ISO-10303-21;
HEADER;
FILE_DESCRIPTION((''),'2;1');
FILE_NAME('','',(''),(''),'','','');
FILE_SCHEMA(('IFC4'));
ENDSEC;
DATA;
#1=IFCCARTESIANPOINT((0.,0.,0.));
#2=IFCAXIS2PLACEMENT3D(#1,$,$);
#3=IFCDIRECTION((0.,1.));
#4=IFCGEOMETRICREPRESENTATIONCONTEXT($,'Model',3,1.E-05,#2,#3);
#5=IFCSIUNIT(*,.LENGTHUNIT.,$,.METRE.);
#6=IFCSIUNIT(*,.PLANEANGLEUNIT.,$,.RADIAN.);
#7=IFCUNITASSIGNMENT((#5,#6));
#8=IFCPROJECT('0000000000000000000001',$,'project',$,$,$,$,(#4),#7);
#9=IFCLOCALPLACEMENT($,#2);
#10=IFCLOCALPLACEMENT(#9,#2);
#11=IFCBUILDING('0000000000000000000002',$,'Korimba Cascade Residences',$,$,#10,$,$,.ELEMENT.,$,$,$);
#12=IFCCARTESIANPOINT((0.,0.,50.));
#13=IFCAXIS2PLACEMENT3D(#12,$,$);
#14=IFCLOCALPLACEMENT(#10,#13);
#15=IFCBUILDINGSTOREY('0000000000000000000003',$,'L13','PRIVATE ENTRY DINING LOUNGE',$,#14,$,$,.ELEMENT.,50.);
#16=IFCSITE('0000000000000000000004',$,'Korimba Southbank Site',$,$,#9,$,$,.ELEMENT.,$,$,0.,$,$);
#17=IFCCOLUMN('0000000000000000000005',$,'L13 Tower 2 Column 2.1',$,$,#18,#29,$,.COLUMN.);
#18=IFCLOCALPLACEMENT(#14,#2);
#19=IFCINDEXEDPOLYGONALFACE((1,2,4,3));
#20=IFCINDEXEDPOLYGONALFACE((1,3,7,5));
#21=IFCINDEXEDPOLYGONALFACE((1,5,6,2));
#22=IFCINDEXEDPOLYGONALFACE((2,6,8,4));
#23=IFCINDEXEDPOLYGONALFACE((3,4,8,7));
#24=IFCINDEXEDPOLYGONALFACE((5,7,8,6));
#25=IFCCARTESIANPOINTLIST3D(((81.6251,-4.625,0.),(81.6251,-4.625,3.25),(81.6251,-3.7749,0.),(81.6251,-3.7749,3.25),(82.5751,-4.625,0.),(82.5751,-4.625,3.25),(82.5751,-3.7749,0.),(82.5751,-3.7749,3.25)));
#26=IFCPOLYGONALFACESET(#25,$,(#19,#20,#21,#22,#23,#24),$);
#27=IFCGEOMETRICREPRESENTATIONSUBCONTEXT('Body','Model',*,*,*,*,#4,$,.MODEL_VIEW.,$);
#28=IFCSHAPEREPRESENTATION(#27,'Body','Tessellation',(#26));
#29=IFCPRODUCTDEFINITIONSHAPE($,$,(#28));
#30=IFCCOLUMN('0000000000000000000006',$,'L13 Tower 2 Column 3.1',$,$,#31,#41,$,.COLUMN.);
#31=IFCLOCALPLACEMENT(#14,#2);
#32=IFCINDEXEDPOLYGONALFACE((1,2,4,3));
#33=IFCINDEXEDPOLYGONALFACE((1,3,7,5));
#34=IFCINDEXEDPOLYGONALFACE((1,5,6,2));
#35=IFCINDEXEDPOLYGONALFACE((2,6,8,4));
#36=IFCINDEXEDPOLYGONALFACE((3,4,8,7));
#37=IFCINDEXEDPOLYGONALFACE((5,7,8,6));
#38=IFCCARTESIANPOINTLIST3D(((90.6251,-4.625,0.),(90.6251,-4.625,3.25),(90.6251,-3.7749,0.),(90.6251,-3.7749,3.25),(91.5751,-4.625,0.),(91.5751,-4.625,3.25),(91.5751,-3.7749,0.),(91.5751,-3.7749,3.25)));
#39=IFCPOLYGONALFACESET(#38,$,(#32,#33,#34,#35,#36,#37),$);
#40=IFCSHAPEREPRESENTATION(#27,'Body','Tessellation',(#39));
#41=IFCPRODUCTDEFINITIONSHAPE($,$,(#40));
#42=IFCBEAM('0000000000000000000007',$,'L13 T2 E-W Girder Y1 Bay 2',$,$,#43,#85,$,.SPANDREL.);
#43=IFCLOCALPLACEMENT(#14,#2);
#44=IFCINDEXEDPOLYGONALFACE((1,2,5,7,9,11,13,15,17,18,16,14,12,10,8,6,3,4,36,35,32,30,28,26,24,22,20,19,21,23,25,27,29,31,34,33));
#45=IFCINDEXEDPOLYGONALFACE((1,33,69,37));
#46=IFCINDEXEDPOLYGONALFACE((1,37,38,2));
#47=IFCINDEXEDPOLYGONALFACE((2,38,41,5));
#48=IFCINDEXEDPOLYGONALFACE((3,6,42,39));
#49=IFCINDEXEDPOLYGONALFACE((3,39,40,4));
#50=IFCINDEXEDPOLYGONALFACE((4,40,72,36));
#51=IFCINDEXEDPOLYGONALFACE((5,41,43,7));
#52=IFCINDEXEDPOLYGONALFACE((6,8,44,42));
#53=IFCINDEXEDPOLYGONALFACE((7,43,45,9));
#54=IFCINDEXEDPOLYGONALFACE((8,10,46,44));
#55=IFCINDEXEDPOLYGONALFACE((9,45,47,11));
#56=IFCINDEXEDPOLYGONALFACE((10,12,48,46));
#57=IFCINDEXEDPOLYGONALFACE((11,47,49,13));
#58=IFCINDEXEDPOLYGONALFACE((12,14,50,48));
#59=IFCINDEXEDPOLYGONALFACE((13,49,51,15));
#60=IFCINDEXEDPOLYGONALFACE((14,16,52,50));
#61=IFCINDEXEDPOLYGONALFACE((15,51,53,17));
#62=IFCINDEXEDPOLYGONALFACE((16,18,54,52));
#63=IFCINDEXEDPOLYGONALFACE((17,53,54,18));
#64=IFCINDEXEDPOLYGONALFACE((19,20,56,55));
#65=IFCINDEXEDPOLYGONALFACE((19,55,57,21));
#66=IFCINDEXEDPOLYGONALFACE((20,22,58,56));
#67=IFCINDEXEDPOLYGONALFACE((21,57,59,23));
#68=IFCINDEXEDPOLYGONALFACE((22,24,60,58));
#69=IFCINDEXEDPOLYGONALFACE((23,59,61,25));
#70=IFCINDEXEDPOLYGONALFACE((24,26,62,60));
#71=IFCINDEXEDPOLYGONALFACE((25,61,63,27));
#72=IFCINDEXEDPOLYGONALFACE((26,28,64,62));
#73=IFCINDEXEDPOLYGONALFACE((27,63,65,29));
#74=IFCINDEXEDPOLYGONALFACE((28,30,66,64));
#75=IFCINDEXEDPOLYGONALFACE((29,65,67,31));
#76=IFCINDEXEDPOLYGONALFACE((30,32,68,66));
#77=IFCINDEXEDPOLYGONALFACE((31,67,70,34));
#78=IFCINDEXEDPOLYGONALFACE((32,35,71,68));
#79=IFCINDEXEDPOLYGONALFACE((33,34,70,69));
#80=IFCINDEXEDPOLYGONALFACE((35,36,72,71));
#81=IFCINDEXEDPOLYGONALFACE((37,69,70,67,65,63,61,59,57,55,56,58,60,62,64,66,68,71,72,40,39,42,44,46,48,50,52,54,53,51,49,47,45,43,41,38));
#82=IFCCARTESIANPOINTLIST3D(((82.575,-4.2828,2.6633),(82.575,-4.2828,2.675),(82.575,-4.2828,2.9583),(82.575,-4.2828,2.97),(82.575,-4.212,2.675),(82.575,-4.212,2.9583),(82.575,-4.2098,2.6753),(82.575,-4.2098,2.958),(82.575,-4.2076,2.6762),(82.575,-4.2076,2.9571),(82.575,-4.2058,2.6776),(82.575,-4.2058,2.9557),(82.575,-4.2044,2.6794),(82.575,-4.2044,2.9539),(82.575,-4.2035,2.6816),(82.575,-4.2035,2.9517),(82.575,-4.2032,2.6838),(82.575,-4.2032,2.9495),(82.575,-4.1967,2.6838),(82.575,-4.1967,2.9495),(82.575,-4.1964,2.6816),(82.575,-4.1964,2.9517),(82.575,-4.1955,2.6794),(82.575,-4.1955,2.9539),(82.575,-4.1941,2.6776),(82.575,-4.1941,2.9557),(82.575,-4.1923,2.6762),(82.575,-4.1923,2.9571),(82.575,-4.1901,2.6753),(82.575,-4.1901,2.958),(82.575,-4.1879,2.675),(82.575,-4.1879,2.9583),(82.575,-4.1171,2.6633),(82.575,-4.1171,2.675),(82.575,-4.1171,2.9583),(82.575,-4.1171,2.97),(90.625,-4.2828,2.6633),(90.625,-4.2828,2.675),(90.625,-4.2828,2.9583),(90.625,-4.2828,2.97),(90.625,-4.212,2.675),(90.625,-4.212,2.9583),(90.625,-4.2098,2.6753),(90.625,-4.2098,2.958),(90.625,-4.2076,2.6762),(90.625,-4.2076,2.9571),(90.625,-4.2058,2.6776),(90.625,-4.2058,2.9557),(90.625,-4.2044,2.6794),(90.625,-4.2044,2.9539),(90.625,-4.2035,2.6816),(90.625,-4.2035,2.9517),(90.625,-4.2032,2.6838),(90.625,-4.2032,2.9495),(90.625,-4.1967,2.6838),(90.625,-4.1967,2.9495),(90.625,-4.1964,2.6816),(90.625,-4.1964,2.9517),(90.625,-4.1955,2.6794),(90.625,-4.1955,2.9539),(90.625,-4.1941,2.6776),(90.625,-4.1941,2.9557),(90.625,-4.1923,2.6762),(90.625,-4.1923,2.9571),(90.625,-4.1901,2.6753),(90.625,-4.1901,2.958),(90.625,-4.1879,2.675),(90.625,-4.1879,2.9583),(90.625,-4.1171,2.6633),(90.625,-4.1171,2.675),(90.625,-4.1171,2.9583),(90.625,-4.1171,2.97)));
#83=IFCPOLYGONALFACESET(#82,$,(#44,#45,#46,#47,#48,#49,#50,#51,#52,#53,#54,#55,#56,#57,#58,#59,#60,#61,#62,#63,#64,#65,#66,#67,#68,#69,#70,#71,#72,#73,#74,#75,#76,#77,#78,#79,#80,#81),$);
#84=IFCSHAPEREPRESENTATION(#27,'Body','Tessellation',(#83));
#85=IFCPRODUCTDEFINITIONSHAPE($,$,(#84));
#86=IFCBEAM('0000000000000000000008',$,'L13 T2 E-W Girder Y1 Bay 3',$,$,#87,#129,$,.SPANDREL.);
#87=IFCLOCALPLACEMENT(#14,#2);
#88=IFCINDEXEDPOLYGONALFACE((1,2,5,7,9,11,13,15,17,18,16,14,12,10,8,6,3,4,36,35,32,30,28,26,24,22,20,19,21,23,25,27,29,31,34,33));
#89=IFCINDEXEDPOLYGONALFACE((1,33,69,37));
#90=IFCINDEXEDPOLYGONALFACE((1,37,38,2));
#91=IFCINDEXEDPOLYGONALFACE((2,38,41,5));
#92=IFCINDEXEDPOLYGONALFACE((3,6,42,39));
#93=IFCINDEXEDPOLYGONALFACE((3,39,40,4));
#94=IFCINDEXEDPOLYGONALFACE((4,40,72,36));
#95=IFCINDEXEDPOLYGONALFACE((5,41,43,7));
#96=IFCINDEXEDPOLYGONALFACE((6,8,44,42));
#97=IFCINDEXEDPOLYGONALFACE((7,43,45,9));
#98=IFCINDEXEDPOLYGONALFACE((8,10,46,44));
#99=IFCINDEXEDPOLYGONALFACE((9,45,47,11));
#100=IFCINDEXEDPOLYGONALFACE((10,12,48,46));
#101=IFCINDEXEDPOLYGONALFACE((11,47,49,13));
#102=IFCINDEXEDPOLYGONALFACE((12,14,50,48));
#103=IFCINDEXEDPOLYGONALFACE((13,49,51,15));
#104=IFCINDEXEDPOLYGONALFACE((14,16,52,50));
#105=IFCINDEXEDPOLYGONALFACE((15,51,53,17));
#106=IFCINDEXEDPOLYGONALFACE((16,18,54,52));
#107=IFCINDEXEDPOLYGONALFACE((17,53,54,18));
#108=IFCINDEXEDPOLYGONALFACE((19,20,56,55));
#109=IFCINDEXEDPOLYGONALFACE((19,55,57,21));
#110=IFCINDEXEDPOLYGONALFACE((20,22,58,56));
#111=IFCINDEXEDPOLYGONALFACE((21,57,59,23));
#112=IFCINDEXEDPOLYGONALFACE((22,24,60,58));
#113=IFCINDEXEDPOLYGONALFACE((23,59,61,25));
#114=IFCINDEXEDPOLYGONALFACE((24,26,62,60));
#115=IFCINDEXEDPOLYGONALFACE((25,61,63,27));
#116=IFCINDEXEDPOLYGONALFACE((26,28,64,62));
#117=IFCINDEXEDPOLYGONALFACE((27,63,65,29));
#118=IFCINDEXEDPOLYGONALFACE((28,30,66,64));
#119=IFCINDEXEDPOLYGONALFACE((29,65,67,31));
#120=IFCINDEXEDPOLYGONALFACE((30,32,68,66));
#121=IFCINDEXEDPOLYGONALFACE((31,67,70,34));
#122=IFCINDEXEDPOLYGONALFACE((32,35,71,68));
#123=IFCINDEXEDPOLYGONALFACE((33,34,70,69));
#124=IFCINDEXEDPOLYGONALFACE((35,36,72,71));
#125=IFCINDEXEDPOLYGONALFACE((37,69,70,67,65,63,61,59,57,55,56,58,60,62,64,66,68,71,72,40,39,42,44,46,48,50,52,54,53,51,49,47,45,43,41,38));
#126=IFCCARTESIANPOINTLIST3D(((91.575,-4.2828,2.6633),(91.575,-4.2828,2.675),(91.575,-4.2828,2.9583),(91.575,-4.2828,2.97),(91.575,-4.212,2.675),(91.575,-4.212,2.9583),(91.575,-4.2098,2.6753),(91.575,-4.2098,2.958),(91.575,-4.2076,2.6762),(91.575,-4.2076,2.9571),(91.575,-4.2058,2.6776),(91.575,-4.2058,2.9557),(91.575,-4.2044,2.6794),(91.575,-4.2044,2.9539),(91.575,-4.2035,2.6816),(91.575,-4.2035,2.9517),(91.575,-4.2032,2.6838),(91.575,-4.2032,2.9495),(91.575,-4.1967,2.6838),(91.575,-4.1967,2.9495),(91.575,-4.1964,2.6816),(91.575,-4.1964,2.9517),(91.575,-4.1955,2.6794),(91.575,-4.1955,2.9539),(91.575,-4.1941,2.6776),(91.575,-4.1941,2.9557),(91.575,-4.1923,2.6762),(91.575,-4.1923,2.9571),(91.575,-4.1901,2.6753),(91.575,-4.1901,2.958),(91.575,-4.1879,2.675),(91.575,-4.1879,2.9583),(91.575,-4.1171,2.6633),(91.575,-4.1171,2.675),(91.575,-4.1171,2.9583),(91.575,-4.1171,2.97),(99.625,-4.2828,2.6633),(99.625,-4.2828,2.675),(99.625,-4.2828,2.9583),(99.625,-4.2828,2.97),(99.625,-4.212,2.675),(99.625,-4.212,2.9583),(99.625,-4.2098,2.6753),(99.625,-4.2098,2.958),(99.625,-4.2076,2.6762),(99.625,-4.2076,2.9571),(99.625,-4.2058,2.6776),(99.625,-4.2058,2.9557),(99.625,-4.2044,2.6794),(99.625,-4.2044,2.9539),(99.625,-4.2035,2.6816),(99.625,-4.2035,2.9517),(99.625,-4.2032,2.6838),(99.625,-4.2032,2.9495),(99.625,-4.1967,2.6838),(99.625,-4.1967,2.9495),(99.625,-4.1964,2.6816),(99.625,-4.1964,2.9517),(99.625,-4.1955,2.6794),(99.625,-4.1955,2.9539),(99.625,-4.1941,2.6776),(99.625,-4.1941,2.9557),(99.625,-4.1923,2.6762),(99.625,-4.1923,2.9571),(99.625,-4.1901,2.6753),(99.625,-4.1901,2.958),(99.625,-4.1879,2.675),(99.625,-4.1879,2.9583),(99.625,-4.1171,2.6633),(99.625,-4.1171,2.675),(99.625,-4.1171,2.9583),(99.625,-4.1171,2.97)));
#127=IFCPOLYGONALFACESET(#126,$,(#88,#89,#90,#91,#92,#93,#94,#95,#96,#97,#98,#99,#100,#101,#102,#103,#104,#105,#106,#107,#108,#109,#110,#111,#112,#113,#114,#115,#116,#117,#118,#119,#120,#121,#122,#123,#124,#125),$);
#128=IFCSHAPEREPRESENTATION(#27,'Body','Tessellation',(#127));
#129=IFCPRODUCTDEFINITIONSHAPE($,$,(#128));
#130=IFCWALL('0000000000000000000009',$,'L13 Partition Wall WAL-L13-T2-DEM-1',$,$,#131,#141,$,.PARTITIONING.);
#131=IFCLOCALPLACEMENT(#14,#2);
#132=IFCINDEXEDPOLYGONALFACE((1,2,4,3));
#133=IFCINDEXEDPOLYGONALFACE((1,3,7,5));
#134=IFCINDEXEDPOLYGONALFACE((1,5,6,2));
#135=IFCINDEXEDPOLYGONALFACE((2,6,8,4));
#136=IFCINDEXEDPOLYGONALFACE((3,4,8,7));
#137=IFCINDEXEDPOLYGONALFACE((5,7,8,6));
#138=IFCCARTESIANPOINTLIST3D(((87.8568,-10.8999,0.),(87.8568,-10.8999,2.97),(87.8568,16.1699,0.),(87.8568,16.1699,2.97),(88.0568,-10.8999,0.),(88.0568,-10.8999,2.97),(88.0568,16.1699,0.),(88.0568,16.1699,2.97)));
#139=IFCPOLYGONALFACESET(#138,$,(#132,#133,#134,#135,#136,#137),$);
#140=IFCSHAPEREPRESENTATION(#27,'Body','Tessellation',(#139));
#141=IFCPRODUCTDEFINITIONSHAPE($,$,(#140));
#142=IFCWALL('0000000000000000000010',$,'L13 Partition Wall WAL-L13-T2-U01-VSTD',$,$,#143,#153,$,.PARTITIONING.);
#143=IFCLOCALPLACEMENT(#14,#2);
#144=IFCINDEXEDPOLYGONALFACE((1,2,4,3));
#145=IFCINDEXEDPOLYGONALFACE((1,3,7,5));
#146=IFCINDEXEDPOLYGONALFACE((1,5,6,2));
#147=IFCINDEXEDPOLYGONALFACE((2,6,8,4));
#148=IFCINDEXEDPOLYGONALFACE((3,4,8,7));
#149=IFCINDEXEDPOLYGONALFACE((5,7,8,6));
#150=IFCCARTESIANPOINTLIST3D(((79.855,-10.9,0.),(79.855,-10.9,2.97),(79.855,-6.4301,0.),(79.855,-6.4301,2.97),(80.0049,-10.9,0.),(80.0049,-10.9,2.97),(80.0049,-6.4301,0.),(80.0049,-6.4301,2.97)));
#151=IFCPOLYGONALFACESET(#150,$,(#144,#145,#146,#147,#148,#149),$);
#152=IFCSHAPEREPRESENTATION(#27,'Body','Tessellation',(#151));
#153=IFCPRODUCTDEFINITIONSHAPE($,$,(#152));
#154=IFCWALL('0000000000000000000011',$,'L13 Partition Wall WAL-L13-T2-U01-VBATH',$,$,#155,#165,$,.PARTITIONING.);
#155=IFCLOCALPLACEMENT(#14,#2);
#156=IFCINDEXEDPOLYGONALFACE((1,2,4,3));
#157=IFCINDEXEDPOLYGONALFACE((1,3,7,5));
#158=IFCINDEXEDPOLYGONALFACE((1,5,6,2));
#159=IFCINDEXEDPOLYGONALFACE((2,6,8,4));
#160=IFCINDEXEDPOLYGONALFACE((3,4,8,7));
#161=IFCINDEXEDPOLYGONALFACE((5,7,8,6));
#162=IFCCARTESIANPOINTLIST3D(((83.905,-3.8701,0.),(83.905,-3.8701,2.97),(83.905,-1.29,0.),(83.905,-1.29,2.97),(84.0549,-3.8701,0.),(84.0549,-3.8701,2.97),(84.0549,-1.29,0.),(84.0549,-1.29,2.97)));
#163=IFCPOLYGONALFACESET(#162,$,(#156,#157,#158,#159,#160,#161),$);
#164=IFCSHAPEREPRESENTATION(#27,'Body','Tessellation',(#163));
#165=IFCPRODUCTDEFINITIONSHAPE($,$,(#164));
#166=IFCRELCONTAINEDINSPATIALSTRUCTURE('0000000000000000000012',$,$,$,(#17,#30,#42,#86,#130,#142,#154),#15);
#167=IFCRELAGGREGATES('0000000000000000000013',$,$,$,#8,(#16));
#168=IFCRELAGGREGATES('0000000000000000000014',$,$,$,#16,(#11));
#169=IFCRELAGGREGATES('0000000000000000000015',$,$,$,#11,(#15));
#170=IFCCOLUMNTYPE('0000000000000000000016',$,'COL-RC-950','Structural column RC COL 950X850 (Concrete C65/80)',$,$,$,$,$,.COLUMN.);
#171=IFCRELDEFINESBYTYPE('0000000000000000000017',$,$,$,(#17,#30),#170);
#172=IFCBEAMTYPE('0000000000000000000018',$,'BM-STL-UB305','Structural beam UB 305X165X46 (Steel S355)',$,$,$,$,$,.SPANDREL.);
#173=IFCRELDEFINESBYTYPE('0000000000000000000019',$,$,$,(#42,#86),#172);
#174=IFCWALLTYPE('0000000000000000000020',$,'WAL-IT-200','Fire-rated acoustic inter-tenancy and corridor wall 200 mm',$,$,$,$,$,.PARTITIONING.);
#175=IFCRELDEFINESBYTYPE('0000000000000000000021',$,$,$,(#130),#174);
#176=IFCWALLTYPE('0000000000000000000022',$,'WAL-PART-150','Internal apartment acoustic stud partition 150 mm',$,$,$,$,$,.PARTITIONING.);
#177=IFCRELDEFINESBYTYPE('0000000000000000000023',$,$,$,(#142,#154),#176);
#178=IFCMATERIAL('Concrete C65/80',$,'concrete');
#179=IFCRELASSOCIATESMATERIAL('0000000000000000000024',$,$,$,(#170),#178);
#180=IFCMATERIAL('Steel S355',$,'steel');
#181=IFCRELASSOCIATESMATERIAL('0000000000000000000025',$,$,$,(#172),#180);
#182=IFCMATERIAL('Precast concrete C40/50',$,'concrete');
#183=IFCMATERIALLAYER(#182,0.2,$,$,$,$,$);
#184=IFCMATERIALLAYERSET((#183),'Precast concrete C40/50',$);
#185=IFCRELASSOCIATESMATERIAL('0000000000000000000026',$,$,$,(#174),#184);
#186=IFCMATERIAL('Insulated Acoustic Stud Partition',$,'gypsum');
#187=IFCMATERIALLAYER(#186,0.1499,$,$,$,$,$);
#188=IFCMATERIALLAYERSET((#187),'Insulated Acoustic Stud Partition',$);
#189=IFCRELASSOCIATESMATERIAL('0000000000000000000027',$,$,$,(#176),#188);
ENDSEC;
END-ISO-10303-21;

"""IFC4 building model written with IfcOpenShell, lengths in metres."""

from ifc_helpers import new_model, si_unit, direction, frame, frame_2d, origin, origin_2d, place, context, subcontext, project, spatial, rectangle, i_section, extrude, material, layer, layer_set, material_profile, profile_set, type_object, element, save


model = new_model("IFC4")

# Units and contexts
model_context = context("Model", 3, precision=1e-05, world=origin(), true_north=direction((0.0, 1.0)))
body_context = subcontext(model_context, "Body", "Model", "MODEL_VIEW")
ifc_project = project(units=[si_unit("LENGTHUNIT", "METRE"), si_unit("PLANEANGLEUNIT", "RADIAN")], contexts=[model_context])

# Site, building, storey
site_placement = place(None, origin())
site = spatial("IfcSite", under=ifc_project, at=site_placement, Name="Korimba Southbank Site", CompositionType="ELEMENT", RefElevation=0.0)
building_placement = place(site_placement, origin())
building = spatial("IfcBuilding", under=site, at=building_placement, Name="Korimba Cascade Residences", CompositionType="ELEMENT")
storey_placement = place(building_placement, frame((0.0, 0.0, 50.0)))
storey = spatial("IfcBuildingStorey", under=building, at=storey_placement, Name="L13", Description="PRIVATE ENTRY DINING LOUNGE", CompositionType="ELEMENT", Elevation=50.0)

# Columns
ifc_material_1 = material(Name="Concrete C65/80", Category="concrete")
ifc_material_profile_1 = material_profile(ifc_material_1, rectangle(XDim=0.95, YDim=0.8501, at=origin_2d()), Name="Concrete C65/80")
ifc_profile_set_1 = profile_set([ifc_material_profile_1], Name="Concrete C65/80")
column_type = type_object("IfcColumnType", Name="COL-RC-950", Description="Structural column RC COL 950X850 (Concrete C65/80)", PredefinedType="COLUMN", material=ifc_profile_set_1)
for number, where, z_axis, x_axis, name in (
    (1, (82.1001, -4.2, 0.0), (0.0, 0.0, 1.0), (1.0, 0.0, 0.0), "L13 Tower 2 Column 2.1"),
    (2, (91.1001, -4.2, 0.0), (0.0, 0.0, 1.0), (1.0, 0.0, 0.0), "L13 Tower 2 Column 3.1"),
):
    element("IfcColumn", number, at=place(storey_placement, frame(where, z_axis=z_axis, x_axis=x_axis)), inside=storey, type_object=column_type, Name=name, PredefinedType="COLUMN", context=body_context, shape_type="SweptSolid", body=[
        extrude(rectangle(XDim=0.95, YDim=0.8501, at=origin_2d()), origin(), (0.0, 0.0, 1.0), 3.25),
    ])

# Beams
ifc_material_2 = material(Name="Steel S355", Category="steel")
ifc_material_profile_2 = material_profile(ifc_material_2, i_section(OverallWidth=0.1658, OverallDepth=0.3066, WebThickness=0.0066, FlangeThickness=0.0117, FilletRadius=0.0088, at=origin_2d()), Name="Steel S355")
ifc_profile_set_2 = profile_set([ifc_material_profile_2], Name="Steel S355")
beam_type = type_object("IfcBeamType", Name="BM-STL-UB305", Description="Structural beam UB 305X165X46 (Steel S355)", PredefinedType="SPANDREL", material=ifc_profile_set_2)
for number, where, z_axis, x_axis, name in (
    (3, (82.575, -4.2, 2.8167), (1.0, 0.0, 0.0), (0.0, 1.0, 0.0), "L13 T2 E-W Girder Y1 Bay 2"),
    (4, (91.575, -4.2, 2.8167), (1.0, 0.0, 0.0), (0.0, 1.0, 0.0), "L13 T2 E-W Girder Y1 Bay 3"),
):
    element("IfcBeam", number, at=place(storey_placement, frame(where, z_axis=z_axis, x_axis=x_axis)), inside=storey, type_object=beam_type, Name=name, PredefinedType="SPANDREL", context=body_context, shape_type="SweptSolid", body=[
        extrude(i_section(OverallWidth=0.1658, OverallDepth=0.3066, WebThickness=0.0066, FlangeThickness=0.0117, FilletRadius=0.0088, at=origin_2d()), origin(), (0.0, 0.0, 1.0), 8.05),
    ])

# Walls
ifc_material_3 = material(Name="Precast concrete C40/50", Category="concrete")
ifc_layer_1 = layer(ifc_material_3, 0.2)
ifc_layer_set_1 = layer_set([ifc_layer_1], Name="Precast concrete C40/50")
wall_type_1 = type_object("IfcWallType", Name="WAL-IT-200", Description="Fire-rated acoustic inter-tenancy and corridor wall 200 mm", PredefinedType="PARTITIONING", material=ifc_layer_set_1)
wall_1_placement = place(storey_placement, frame((87.9568, -10.8999, 0.0), z_axis=(0.0, 0.0, 1.0), x_axis=(0.0, 1.0, 0.0)))
element("IfcWall", 5, at=wall_1_placement, inside=storey, type_object=wall_type_1, Name="L13 Partition Wall WAL-L13-T2-DEM-1", PredefinedType="PARTITIONING", context=body_context, shape_type="SweptSolid", body=[
    extrude(rectangle(XDim=27.0698, YDim=0.2, at=frame_2d((13.5349, 0.0))), origin(), (0.0, 0.0, 1.0), 2.97),
])
ifc_material_4 = material(Name="Insulated Acoustic Stud Partition", Category="gypsum")
ifc_layer_2 = layer(ifc_material_4, 0.1499)
ifc_layer_set_2 = layer_set([ifc_layer_2], Name="Insulated Acoustic Stud Partition")
wall_type_2 = type_object("IfcWallType", Name="WAL-PART-150", Description="Internal apartment acoustic stud partition 150 mm", PredefinedType="PARTITIONING", material=ifc_layer_set_2)
wall_2_placement = place(storey_placement, frame((79.9299, -10.8999, 0.0), z_axis=(0.0, 0.0, 1.0), x_axis=(0.0, 1.0, 0.0)))
element("IfcWall", 6, at=wall_2_placement, inside=storey, type_object=wall_type_2, Name="L13 Partition Wall WAL-L13-T2-U01-VSTD", PredefinedType="PARTITIONING", context=body_context, shape_type="SweptSolid", body=[
    extrude(rectangle(XDim=4.47, YDim=0.1499, at=frame_2d((2.2349, 0.0))), origin(), (0.0, 0.0, 1.0), 2.97),
])
wall_3_placement = place(storey_placement, frame((83.98, -3.8701, 0.0), z_axis=(0.0, 0.0, 1.0), x_axis=(0.0, 1.0, 0.0)))
element("IfcWall", 7, at=wall_3_placement, inside=storey, type_object=wall_type_2, Name="L13 Partition Wall WAL-L13-T2-U01-VBATH", PredefinedType="PARTITIONING", context=body_context, shape_type="SweptSolid", body=[
    extrude(rectangle(XDim=2.5801, YDim=0.1499, at=frame_2d((1.29, 0.0))), origin(), (0.0, 0.0, 1.0), 2.97),
])

save(model, "model.ifc")
